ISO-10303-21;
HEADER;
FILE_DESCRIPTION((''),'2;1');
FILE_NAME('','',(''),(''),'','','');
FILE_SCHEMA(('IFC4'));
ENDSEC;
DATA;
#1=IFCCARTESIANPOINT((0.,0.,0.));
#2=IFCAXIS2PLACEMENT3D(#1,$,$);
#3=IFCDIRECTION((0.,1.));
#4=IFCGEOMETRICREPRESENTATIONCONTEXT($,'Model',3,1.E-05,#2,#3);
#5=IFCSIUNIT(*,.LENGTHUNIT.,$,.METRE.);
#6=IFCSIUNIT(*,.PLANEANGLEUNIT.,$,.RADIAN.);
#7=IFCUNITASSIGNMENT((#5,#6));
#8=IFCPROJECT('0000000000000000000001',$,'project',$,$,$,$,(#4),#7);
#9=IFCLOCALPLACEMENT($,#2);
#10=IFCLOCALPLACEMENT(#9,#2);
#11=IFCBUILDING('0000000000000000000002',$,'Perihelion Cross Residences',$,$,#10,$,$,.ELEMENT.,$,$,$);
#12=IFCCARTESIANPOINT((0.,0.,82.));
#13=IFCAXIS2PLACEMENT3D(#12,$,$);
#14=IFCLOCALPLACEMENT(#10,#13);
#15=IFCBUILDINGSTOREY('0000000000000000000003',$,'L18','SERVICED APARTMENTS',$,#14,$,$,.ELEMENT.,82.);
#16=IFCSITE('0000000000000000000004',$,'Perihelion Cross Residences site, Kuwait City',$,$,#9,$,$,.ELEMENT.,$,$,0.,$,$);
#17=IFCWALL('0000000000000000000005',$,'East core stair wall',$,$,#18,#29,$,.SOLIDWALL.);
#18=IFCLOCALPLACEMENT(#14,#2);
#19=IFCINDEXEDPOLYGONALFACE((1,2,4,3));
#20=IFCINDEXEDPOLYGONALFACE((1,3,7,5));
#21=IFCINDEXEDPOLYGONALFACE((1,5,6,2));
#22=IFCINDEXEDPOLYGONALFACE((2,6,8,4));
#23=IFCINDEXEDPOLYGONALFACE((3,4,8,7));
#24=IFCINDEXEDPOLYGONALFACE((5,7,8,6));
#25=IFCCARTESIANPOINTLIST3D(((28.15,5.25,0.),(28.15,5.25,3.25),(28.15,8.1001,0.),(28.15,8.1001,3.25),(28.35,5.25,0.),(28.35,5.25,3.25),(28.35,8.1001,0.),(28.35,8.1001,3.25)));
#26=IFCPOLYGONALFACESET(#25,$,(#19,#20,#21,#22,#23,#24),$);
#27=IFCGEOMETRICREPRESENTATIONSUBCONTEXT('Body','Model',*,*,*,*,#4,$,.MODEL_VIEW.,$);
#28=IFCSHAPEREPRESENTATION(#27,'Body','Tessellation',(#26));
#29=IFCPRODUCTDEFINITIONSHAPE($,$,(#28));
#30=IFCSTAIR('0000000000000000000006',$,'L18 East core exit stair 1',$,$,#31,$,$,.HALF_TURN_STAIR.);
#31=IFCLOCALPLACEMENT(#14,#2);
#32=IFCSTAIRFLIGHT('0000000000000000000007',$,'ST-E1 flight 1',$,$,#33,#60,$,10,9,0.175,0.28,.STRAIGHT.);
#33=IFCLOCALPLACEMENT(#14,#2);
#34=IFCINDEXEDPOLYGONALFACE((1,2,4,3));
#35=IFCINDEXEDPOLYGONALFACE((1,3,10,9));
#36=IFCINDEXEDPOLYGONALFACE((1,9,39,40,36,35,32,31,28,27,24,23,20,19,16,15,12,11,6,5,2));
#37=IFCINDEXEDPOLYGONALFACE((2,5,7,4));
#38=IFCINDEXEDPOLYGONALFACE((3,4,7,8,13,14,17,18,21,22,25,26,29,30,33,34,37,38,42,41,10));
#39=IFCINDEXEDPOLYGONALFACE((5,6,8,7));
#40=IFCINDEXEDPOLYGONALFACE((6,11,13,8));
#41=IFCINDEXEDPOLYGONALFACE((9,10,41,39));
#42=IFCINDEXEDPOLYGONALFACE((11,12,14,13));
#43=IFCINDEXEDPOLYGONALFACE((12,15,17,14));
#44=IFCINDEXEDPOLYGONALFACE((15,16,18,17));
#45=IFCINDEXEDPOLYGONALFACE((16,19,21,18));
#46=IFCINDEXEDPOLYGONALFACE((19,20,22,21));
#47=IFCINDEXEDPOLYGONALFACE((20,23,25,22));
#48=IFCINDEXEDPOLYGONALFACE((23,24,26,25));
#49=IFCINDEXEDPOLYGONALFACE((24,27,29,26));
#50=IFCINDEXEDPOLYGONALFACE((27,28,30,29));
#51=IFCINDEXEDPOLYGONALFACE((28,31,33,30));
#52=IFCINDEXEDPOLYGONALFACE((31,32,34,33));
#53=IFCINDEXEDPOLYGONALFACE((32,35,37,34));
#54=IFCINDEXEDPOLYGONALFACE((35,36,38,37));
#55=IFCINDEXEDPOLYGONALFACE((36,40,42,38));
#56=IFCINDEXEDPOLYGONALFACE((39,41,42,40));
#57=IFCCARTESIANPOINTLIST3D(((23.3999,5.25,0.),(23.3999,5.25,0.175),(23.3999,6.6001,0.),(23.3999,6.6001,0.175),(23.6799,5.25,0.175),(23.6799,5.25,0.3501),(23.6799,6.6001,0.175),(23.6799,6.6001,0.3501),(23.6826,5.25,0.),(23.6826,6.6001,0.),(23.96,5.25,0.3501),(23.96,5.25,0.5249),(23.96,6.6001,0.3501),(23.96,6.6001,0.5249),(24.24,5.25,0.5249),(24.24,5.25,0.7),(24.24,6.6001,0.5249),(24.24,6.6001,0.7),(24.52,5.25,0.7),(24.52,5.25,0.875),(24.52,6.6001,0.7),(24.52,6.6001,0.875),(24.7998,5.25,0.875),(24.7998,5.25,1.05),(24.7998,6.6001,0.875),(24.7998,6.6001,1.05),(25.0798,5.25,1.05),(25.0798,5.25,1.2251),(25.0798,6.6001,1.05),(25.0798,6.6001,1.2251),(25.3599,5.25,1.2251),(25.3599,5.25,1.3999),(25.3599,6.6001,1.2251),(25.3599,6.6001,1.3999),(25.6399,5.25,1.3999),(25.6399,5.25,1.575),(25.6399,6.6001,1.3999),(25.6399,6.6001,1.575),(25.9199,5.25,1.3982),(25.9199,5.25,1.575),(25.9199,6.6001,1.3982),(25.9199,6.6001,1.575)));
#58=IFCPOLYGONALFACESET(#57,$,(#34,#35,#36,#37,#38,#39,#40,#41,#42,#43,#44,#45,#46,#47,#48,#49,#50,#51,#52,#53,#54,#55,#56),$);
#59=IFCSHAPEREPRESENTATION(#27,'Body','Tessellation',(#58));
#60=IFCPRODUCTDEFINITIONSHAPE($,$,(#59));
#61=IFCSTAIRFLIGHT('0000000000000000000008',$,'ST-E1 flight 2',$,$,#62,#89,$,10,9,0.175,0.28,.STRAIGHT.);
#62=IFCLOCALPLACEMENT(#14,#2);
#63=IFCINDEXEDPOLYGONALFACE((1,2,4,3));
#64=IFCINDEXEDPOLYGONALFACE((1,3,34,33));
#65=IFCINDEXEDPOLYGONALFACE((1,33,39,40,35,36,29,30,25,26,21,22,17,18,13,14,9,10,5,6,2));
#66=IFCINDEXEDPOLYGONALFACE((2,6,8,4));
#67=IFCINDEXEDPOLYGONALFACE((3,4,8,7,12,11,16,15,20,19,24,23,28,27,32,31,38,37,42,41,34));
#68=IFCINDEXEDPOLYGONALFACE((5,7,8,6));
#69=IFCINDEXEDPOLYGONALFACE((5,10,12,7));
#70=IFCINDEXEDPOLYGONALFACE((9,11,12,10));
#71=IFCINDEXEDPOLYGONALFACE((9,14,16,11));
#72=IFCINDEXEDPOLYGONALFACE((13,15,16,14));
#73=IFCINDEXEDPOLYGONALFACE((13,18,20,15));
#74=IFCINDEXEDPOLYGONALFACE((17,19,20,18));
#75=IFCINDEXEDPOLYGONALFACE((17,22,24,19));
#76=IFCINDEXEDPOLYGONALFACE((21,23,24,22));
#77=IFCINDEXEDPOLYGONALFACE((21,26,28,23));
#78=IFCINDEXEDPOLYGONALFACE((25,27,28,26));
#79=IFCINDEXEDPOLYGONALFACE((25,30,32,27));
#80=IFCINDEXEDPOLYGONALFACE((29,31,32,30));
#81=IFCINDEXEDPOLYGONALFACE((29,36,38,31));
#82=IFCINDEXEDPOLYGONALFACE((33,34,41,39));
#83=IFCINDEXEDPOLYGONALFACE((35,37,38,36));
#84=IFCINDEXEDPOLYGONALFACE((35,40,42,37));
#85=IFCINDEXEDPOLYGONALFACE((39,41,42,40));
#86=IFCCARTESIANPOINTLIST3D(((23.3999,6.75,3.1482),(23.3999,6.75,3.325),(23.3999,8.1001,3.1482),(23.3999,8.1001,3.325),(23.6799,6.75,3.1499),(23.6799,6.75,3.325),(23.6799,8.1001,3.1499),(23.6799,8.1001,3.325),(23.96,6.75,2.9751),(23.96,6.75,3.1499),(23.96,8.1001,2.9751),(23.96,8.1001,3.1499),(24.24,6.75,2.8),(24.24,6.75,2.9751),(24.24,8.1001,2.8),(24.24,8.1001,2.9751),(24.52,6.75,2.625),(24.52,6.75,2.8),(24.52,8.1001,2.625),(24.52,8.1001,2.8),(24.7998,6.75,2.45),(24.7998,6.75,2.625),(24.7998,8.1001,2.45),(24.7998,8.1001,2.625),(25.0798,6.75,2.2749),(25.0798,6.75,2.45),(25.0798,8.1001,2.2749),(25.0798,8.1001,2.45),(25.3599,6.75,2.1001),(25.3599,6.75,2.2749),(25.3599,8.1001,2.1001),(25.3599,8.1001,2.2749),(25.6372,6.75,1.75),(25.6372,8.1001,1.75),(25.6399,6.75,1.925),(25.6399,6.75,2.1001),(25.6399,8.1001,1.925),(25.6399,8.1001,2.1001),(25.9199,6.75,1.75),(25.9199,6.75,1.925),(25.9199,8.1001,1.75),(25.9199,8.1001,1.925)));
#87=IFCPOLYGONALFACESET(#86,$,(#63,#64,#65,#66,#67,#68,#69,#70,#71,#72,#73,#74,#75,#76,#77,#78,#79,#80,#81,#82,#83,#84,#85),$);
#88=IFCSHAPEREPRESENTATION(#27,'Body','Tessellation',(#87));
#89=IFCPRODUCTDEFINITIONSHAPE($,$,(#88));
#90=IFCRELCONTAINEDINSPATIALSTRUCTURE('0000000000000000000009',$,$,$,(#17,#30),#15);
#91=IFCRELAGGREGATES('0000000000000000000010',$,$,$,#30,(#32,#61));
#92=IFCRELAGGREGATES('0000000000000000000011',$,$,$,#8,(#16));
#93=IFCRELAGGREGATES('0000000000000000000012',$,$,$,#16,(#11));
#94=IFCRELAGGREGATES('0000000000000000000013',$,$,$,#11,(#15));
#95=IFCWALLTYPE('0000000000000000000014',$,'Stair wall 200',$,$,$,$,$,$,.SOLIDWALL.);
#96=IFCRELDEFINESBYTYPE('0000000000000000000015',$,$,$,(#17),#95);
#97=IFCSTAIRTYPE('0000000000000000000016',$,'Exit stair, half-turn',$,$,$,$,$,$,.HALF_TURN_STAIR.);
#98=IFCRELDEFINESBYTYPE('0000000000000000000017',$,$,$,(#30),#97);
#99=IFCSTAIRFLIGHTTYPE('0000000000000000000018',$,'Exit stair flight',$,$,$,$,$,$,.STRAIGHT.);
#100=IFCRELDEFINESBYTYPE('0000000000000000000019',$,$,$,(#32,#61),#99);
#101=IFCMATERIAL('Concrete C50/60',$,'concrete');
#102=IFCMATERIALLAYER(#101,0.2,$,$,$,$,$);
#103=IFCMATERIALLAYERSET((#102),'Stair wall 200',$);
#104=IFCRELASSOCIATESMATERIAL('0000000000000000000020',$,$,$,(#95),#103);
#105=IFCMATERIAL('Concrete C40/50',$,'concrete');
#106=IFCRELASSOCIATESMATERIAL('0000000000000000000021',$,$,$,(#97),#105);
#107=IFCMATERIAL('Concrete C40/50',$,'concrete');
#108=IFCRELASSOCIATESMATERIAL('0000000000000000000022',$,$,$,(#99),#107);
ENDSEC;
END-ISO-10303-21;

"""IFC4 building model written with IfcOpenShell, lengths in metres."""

from ifc_helpers import new_model, si_unit, direction, frame, frame_2d, origin, place, context, subcontext, project, spatial, polyline, rectangle, outline, extrude, material, layer, layer_set, type_object, element, aggregate, save


model = new_model("IFC4")

# Units and contexts
model_context = context("Model", 3, precision=1e-05, world=origin(), true_north=direction((0.0, 1.0)))
body_context = subcontext(model_context, "Body", "Model", "MODEL_VIEW")
ifc_project = project(units=[si_unit("LENGTHUNIT", "METRE"), si_unit("PLANEANGLEUNIT", "RADIAN")], contexts=[model_context])

# Site, building, storey
site_placement = place(None, origin())
site = spatial("IfcSite", under=ifc_project, at=site_placement, Name="Perihelion Cross Residences site, Kuwait City", CompositionType="ELEMENT", RefElevation=0.0)
building_placement = place(site_placement, origin())
building = spatial("IfcBuilding", under=site, at=building_placement, Name="Perihelion Cross Residences", CompositionType="ELEMENT")
storey_placement = place(building_placement, frame((0.0, 0.0, 82.0)))
storey = spatial("IfcBuildingStorey", under=building, at=storey_placement, Name="L18", Description="SERVICED APARTMENTS", CompositionType="ELEMENT", Elevation=82.0)

# Wall
ifc_material_1 = material(Name="Concrete C50/60", Category="concrete")
ifc_layer_1 = layer(ifc_material_1, 0.2)
ifc_layer_set_1 = layer_set([ifc_layer_1], Name="Stair wall 200")
wall_type_1 = type_object("IfcWallType", Name="Stair wall 200", PredefinedType="SOLIDWALL", material=ifc_layer_set_1)
wall_1_placement = place(storey_placement, frame((28.25, 5.25, 0.0), z_axis=(0.0, 0.0, 1.0), x_axis=(0.0, 1.0, 0.0)))
element("IfcWall", 1, at=wall_1_placement, inside=storey, type_object=wall_type_1, Name="East core stair wall", PredefinedType="SOLIDWALL", context=body_context, shape_type="SweptSolid", body=[
    extrude(rectangle(XDim=2.8501, YDim=0.2, at=frame_2d((1.425, 0.0))), origin(), (0.0, 0.0, 1.0), 3.25),
])

# Stair, stair flights
ifc_material_2 = material(Name="Concrete C40/50", Category="concrete")
stair_type = type_object("IfcStairType", Name="Exit stair, half-turn", PredefinedType="HALF_TURN_STAIR", material=ifc_material_2)
stair_placement = place(storey_placement, origin())
stair = element("IfcStair", 2, at=stair_placement, inside=storey, type_object=stair_type, Name="L18 East core exit stair 1", PredefinedType="HALF_TURN_STAIR")
ifc_material_3 = material(Name="Concrete C40/50", Category="concrete")
stair_flight_type = type_object("IfcStairFlightType", Name="Exit stair flight", PredefinedType="STRAIGHT", material=ifc_material_3)
stair_flight_1_placement = place(storey_placement, frame((23.3999, 5.925, 0.0), z_axis=(0.0, 0.0, 1.0), x_axis=(1.0, 0.0, 0.0)))
stair_flight_1 = element("IfcStairFlight", 3, at=stair_flight_1_placement, type_object=stair_flight_type, Name="ST-E1 flight 1", NumberOfRisers=10, NumberOfTreads=9, PredefinedType="STRAIGHT", RiserHeight=0.175, TreadLength=0.28, context=body_context, shape_type="SweptSolid", body=[
    extrude(outline(polyline([(0.0, 0.0), (0.0, 0.175), (0.28, 0.175), (0.28, 0.3501), (0.5601, 0.3501), (0.5601, 0.5249), (0.8401, 0.5249), (0.8401, 0.7), (1.1201, 0.7), (1.1201, 0.875), (1.3999, 0.875), (1.3999, 1.05), (1.6799, 1.05), (1.6799, 1.2251), (1.96, 1.2251), (1.96, 1.3999), (2.24, 1.3999), (2.24, 1.575), (2.52, 1.575), (2.52, 1.75), (2.52, 1.3982), (0.2827, 0.0), (0.0, 0.0)])), frame((0.0, 0.675, 0.0), z_axis=(0.0, -1.0, 0.0), x_axis=(1.0, 0.0, 0.0)), (0.0, 0.0, 1.0), 1.3501),
])
stair_flight_2_placement = place(storey_placement, frame((25.9199, 7.425, 1.75), z_axis=(0.0, 0.0, 1.0), x_axis=(-1.0, 0.0, 0.0)))
stair_flight_2 = element("IfcStairFlight", 4, at=stair_flight_2_placement, type_object=stair_flight_type, Name="ST-E1 flight 2", NumberOfRisers=10, NumberOfTreads=9, PredefinedType="STRAIGHT", RiserHeight=0.175, TreadLength=0.28, context=body_context, shape_type="SweptSolid", body=[
    extrude(outline(polyline([(0.0, 0.0), (0.0, 0.175), (0.28, 0.175), (0.28, 0.3501), (0.5601, 0.3501), (0.5601, 0.5249), (0.8401, 0.5249), (0.8401, 0.7), (1.1201, 0.7), (1.1201, 0.875), (1.3999, 0.875), (1.3999, 1.05), (1.6799, 1.05), (1.6799, 1.2251), (1.96, 1.2251), (1.96, 1.3999), (2.24, 1.3999), (2.24, 1.575), (2.52, 1.575), (2.52, 1.75), (2.52, 1.3982), (0.2827, 0.0), (0.0, 0.0)])), frame((0.0, 0.675, 0.0), z_axis=(0.0, -1.0, 0.0), x_axis=(1.0, 0.0, 0.0)), (0.0, 0.0, 1.0), 1.3501),
])
aggregate(stair, [stair_flight_1, stair_flight_2])

save(model, "model.ifc")
